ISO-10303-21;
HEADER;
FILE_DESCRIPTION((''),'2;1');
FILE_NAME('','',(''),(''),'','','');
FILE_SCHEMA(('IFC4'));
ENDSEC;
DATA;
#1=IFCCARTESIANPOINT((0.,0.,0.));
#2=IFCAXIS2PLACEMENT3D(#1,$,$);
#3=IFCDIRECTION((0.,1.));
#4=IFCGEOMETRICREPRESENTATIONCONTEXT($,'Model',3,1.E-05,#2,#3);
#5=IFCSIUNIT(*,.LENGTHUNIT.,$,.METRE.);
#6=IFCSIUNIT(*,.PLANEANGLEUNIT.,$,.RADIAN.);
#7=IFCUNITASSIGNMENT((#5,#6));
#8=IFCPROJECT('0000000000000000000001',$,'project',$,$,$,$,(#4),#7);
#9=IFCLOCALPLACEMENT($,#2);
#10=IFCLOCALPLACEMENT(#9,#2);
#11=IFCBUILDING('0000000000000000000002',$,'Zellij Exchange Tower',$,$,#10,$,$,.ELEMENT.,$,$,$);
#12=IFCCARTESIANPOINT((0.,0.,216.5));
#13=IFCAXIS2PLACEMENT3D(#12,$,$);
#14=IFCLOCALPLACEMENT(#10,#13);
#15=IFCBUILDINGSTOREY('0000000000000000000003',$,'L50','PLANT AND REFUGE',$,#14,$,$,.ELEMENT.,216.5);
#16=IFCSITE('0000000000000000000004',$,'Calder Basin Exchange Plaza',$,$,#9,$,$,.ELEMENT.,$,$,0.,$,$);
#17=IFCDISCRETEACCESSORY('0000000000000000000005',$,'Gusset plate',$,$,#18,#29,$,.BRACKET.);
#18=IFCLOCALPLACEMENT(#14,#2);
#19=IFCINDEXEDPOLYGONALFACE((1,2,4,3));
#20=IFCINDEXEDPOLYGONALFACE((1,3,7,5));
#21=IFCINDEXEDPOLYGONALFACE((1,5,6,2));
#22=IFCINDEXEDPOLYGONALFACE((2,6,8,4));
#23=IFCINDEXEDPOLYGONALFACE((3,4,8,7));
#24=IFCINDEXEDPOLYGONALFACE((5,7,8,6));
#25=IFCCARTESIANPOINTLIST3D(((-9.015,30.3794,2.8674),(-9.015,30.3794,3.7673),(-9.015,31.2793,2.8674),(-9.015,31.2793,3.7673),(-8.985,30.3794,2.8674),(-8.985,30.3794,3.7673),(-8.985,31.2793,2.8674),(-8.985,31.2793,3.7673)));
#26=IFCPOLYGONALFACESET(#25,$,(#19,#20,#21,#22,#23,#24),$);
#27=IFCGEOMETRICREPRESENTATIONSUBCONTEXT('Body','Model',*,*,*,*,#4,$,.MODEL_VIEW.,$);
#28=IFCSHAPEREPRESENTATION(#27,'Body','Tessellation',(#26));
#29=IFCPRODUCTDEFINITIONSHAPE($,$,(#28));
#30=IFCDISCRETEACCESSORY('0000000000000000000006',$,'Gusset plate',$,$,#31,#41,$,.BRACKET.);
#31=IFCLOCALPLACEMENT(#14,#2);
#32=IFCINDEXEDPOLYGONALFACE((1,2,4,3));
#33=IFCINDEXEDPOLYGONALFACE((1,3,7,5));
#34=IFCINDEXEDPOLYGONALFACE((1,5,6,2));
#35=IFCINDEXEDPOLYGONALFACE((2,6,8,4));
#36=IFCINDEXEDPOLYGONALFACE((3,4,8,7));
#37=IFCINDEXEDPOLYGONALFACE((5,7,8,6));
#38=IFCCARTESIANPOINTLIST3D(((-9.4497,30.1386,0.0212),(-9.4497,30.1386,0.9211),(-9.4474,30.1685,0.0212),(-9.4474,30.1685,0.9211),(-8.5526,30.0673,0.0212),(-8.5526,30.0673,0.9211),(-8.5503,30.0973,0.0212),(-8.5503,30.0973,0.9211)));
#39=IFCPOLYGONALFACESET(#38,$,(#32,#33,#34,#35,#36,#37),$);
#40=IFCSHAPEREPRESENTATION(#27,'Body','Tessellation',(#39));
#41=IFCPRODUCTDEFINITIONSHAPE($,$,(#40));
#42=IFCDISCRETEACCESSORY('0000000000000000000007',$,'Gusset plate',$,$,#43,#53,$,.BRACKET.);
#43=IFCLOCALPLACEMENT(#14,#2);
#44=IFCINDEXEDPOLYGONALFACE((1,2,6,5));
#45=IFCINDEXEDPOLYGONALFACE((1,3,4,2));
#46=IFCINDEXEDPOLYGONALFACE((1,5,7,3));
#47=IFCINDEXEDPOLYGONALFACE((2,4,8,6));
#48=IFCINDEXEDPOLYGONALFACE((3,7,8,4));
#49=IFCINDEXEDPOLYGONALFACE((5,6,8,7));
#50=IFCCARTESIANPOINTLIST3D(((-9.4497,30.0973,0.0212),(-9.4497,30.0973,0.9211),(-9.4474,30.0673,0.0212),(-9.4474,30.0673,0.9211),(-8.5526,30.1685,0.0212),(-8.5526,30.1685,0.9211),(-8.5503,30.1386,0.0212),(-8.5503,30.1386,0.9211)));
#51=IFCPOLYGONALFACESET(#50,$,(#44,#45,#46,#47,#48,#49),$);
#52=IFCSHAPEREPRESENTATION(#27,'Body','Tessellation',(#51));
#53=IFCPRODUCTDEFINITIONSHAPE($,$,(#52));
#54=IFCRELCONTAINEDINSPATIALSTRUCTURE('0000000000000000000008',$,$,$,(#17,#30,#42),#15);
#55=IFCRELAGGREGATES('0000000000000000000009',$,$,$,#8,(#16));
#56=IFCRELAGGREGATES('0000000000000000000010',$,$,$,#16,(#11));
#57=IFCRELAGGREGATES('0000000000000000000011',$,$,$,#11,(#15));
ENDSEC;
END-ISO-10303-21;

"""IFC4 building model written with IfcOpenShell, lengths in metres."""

from ifc_helpers import new_model, si_unit, direction, frame, origin, origin_2d, place, context, subcontext, project, spatial, rectangle, extrude, element, save


model = new_model("IFC4")

# Units and contexts
model_context = context("Model", 3, precision=1e-05, world=origin(), true_north=direction((0.0, 1.0)))
body_context = subcontext(model_context, "Body", "Model", "MODEL_VIEW")
ifc_project = project(units=[si_unit("LENGTHUNIT", "METRE"), si_unit("PLANEANGLEUNIT", "RADIAN")], contexts=[model_context])

# Site, building, storey
site_placement = place(None, origin())
site = spatial("IfcSite", under=ifc_project, at=site_placement, Name="Calder Basin Exchange Plaza", CompositionType="ELEMENT", RefElevation=0.0)
building_placement = place(site_placement, origin())
building = spatial("IfcBuilding", under=site, at=building_placement, Name="Zellij Exchange Tower", CompositionType="ELEMENT")
storey_placement = place(building_placement, frame((0.0, 0.0, 216.5)))
storey = spatial("IfcBuildingStorey", under=building, at=storey_placement, Name="L50", Description="PLANT AND REFUGE", CompositionType="ELEMENT", Elevation=216.5)

# Discrete accessories
for number, where, z_axis, x_axis, name in (
    (1, (-9.0, 30.8293, 2.8674), (0.0, 0.0, 1.0), (0.0, 1.0, 0.0), "Gusset plate"),
    (2, (-9.0, 30.1179, 0.0212), (0.0, 0.0, 1.0), (0.996864, -0.079129, 0.0), "Gusset plate"),
    (3, (-9.0, 30.1179, 0.0212), (0.0, 0.0, 1.0), (0.996864, 0.079129, 0.0), "Gusset plate"),
):
    element("IfcDiscreteAccessory", number, at=place(storey_placement, frame(where, z_axis=z_axis, x_axis=x_axis)), inside=storey, Name=name, PredefinedType="BRACKET", context=body_context, shape_type="SweptSolid", body=[
        extrude(rectangle(XDim=0.8999, YDim=0.03, at=origin_2d()), origin(), (0.0, 0.0, 1.0), 0.8999),
    ])

save(model, "model.ifc")
